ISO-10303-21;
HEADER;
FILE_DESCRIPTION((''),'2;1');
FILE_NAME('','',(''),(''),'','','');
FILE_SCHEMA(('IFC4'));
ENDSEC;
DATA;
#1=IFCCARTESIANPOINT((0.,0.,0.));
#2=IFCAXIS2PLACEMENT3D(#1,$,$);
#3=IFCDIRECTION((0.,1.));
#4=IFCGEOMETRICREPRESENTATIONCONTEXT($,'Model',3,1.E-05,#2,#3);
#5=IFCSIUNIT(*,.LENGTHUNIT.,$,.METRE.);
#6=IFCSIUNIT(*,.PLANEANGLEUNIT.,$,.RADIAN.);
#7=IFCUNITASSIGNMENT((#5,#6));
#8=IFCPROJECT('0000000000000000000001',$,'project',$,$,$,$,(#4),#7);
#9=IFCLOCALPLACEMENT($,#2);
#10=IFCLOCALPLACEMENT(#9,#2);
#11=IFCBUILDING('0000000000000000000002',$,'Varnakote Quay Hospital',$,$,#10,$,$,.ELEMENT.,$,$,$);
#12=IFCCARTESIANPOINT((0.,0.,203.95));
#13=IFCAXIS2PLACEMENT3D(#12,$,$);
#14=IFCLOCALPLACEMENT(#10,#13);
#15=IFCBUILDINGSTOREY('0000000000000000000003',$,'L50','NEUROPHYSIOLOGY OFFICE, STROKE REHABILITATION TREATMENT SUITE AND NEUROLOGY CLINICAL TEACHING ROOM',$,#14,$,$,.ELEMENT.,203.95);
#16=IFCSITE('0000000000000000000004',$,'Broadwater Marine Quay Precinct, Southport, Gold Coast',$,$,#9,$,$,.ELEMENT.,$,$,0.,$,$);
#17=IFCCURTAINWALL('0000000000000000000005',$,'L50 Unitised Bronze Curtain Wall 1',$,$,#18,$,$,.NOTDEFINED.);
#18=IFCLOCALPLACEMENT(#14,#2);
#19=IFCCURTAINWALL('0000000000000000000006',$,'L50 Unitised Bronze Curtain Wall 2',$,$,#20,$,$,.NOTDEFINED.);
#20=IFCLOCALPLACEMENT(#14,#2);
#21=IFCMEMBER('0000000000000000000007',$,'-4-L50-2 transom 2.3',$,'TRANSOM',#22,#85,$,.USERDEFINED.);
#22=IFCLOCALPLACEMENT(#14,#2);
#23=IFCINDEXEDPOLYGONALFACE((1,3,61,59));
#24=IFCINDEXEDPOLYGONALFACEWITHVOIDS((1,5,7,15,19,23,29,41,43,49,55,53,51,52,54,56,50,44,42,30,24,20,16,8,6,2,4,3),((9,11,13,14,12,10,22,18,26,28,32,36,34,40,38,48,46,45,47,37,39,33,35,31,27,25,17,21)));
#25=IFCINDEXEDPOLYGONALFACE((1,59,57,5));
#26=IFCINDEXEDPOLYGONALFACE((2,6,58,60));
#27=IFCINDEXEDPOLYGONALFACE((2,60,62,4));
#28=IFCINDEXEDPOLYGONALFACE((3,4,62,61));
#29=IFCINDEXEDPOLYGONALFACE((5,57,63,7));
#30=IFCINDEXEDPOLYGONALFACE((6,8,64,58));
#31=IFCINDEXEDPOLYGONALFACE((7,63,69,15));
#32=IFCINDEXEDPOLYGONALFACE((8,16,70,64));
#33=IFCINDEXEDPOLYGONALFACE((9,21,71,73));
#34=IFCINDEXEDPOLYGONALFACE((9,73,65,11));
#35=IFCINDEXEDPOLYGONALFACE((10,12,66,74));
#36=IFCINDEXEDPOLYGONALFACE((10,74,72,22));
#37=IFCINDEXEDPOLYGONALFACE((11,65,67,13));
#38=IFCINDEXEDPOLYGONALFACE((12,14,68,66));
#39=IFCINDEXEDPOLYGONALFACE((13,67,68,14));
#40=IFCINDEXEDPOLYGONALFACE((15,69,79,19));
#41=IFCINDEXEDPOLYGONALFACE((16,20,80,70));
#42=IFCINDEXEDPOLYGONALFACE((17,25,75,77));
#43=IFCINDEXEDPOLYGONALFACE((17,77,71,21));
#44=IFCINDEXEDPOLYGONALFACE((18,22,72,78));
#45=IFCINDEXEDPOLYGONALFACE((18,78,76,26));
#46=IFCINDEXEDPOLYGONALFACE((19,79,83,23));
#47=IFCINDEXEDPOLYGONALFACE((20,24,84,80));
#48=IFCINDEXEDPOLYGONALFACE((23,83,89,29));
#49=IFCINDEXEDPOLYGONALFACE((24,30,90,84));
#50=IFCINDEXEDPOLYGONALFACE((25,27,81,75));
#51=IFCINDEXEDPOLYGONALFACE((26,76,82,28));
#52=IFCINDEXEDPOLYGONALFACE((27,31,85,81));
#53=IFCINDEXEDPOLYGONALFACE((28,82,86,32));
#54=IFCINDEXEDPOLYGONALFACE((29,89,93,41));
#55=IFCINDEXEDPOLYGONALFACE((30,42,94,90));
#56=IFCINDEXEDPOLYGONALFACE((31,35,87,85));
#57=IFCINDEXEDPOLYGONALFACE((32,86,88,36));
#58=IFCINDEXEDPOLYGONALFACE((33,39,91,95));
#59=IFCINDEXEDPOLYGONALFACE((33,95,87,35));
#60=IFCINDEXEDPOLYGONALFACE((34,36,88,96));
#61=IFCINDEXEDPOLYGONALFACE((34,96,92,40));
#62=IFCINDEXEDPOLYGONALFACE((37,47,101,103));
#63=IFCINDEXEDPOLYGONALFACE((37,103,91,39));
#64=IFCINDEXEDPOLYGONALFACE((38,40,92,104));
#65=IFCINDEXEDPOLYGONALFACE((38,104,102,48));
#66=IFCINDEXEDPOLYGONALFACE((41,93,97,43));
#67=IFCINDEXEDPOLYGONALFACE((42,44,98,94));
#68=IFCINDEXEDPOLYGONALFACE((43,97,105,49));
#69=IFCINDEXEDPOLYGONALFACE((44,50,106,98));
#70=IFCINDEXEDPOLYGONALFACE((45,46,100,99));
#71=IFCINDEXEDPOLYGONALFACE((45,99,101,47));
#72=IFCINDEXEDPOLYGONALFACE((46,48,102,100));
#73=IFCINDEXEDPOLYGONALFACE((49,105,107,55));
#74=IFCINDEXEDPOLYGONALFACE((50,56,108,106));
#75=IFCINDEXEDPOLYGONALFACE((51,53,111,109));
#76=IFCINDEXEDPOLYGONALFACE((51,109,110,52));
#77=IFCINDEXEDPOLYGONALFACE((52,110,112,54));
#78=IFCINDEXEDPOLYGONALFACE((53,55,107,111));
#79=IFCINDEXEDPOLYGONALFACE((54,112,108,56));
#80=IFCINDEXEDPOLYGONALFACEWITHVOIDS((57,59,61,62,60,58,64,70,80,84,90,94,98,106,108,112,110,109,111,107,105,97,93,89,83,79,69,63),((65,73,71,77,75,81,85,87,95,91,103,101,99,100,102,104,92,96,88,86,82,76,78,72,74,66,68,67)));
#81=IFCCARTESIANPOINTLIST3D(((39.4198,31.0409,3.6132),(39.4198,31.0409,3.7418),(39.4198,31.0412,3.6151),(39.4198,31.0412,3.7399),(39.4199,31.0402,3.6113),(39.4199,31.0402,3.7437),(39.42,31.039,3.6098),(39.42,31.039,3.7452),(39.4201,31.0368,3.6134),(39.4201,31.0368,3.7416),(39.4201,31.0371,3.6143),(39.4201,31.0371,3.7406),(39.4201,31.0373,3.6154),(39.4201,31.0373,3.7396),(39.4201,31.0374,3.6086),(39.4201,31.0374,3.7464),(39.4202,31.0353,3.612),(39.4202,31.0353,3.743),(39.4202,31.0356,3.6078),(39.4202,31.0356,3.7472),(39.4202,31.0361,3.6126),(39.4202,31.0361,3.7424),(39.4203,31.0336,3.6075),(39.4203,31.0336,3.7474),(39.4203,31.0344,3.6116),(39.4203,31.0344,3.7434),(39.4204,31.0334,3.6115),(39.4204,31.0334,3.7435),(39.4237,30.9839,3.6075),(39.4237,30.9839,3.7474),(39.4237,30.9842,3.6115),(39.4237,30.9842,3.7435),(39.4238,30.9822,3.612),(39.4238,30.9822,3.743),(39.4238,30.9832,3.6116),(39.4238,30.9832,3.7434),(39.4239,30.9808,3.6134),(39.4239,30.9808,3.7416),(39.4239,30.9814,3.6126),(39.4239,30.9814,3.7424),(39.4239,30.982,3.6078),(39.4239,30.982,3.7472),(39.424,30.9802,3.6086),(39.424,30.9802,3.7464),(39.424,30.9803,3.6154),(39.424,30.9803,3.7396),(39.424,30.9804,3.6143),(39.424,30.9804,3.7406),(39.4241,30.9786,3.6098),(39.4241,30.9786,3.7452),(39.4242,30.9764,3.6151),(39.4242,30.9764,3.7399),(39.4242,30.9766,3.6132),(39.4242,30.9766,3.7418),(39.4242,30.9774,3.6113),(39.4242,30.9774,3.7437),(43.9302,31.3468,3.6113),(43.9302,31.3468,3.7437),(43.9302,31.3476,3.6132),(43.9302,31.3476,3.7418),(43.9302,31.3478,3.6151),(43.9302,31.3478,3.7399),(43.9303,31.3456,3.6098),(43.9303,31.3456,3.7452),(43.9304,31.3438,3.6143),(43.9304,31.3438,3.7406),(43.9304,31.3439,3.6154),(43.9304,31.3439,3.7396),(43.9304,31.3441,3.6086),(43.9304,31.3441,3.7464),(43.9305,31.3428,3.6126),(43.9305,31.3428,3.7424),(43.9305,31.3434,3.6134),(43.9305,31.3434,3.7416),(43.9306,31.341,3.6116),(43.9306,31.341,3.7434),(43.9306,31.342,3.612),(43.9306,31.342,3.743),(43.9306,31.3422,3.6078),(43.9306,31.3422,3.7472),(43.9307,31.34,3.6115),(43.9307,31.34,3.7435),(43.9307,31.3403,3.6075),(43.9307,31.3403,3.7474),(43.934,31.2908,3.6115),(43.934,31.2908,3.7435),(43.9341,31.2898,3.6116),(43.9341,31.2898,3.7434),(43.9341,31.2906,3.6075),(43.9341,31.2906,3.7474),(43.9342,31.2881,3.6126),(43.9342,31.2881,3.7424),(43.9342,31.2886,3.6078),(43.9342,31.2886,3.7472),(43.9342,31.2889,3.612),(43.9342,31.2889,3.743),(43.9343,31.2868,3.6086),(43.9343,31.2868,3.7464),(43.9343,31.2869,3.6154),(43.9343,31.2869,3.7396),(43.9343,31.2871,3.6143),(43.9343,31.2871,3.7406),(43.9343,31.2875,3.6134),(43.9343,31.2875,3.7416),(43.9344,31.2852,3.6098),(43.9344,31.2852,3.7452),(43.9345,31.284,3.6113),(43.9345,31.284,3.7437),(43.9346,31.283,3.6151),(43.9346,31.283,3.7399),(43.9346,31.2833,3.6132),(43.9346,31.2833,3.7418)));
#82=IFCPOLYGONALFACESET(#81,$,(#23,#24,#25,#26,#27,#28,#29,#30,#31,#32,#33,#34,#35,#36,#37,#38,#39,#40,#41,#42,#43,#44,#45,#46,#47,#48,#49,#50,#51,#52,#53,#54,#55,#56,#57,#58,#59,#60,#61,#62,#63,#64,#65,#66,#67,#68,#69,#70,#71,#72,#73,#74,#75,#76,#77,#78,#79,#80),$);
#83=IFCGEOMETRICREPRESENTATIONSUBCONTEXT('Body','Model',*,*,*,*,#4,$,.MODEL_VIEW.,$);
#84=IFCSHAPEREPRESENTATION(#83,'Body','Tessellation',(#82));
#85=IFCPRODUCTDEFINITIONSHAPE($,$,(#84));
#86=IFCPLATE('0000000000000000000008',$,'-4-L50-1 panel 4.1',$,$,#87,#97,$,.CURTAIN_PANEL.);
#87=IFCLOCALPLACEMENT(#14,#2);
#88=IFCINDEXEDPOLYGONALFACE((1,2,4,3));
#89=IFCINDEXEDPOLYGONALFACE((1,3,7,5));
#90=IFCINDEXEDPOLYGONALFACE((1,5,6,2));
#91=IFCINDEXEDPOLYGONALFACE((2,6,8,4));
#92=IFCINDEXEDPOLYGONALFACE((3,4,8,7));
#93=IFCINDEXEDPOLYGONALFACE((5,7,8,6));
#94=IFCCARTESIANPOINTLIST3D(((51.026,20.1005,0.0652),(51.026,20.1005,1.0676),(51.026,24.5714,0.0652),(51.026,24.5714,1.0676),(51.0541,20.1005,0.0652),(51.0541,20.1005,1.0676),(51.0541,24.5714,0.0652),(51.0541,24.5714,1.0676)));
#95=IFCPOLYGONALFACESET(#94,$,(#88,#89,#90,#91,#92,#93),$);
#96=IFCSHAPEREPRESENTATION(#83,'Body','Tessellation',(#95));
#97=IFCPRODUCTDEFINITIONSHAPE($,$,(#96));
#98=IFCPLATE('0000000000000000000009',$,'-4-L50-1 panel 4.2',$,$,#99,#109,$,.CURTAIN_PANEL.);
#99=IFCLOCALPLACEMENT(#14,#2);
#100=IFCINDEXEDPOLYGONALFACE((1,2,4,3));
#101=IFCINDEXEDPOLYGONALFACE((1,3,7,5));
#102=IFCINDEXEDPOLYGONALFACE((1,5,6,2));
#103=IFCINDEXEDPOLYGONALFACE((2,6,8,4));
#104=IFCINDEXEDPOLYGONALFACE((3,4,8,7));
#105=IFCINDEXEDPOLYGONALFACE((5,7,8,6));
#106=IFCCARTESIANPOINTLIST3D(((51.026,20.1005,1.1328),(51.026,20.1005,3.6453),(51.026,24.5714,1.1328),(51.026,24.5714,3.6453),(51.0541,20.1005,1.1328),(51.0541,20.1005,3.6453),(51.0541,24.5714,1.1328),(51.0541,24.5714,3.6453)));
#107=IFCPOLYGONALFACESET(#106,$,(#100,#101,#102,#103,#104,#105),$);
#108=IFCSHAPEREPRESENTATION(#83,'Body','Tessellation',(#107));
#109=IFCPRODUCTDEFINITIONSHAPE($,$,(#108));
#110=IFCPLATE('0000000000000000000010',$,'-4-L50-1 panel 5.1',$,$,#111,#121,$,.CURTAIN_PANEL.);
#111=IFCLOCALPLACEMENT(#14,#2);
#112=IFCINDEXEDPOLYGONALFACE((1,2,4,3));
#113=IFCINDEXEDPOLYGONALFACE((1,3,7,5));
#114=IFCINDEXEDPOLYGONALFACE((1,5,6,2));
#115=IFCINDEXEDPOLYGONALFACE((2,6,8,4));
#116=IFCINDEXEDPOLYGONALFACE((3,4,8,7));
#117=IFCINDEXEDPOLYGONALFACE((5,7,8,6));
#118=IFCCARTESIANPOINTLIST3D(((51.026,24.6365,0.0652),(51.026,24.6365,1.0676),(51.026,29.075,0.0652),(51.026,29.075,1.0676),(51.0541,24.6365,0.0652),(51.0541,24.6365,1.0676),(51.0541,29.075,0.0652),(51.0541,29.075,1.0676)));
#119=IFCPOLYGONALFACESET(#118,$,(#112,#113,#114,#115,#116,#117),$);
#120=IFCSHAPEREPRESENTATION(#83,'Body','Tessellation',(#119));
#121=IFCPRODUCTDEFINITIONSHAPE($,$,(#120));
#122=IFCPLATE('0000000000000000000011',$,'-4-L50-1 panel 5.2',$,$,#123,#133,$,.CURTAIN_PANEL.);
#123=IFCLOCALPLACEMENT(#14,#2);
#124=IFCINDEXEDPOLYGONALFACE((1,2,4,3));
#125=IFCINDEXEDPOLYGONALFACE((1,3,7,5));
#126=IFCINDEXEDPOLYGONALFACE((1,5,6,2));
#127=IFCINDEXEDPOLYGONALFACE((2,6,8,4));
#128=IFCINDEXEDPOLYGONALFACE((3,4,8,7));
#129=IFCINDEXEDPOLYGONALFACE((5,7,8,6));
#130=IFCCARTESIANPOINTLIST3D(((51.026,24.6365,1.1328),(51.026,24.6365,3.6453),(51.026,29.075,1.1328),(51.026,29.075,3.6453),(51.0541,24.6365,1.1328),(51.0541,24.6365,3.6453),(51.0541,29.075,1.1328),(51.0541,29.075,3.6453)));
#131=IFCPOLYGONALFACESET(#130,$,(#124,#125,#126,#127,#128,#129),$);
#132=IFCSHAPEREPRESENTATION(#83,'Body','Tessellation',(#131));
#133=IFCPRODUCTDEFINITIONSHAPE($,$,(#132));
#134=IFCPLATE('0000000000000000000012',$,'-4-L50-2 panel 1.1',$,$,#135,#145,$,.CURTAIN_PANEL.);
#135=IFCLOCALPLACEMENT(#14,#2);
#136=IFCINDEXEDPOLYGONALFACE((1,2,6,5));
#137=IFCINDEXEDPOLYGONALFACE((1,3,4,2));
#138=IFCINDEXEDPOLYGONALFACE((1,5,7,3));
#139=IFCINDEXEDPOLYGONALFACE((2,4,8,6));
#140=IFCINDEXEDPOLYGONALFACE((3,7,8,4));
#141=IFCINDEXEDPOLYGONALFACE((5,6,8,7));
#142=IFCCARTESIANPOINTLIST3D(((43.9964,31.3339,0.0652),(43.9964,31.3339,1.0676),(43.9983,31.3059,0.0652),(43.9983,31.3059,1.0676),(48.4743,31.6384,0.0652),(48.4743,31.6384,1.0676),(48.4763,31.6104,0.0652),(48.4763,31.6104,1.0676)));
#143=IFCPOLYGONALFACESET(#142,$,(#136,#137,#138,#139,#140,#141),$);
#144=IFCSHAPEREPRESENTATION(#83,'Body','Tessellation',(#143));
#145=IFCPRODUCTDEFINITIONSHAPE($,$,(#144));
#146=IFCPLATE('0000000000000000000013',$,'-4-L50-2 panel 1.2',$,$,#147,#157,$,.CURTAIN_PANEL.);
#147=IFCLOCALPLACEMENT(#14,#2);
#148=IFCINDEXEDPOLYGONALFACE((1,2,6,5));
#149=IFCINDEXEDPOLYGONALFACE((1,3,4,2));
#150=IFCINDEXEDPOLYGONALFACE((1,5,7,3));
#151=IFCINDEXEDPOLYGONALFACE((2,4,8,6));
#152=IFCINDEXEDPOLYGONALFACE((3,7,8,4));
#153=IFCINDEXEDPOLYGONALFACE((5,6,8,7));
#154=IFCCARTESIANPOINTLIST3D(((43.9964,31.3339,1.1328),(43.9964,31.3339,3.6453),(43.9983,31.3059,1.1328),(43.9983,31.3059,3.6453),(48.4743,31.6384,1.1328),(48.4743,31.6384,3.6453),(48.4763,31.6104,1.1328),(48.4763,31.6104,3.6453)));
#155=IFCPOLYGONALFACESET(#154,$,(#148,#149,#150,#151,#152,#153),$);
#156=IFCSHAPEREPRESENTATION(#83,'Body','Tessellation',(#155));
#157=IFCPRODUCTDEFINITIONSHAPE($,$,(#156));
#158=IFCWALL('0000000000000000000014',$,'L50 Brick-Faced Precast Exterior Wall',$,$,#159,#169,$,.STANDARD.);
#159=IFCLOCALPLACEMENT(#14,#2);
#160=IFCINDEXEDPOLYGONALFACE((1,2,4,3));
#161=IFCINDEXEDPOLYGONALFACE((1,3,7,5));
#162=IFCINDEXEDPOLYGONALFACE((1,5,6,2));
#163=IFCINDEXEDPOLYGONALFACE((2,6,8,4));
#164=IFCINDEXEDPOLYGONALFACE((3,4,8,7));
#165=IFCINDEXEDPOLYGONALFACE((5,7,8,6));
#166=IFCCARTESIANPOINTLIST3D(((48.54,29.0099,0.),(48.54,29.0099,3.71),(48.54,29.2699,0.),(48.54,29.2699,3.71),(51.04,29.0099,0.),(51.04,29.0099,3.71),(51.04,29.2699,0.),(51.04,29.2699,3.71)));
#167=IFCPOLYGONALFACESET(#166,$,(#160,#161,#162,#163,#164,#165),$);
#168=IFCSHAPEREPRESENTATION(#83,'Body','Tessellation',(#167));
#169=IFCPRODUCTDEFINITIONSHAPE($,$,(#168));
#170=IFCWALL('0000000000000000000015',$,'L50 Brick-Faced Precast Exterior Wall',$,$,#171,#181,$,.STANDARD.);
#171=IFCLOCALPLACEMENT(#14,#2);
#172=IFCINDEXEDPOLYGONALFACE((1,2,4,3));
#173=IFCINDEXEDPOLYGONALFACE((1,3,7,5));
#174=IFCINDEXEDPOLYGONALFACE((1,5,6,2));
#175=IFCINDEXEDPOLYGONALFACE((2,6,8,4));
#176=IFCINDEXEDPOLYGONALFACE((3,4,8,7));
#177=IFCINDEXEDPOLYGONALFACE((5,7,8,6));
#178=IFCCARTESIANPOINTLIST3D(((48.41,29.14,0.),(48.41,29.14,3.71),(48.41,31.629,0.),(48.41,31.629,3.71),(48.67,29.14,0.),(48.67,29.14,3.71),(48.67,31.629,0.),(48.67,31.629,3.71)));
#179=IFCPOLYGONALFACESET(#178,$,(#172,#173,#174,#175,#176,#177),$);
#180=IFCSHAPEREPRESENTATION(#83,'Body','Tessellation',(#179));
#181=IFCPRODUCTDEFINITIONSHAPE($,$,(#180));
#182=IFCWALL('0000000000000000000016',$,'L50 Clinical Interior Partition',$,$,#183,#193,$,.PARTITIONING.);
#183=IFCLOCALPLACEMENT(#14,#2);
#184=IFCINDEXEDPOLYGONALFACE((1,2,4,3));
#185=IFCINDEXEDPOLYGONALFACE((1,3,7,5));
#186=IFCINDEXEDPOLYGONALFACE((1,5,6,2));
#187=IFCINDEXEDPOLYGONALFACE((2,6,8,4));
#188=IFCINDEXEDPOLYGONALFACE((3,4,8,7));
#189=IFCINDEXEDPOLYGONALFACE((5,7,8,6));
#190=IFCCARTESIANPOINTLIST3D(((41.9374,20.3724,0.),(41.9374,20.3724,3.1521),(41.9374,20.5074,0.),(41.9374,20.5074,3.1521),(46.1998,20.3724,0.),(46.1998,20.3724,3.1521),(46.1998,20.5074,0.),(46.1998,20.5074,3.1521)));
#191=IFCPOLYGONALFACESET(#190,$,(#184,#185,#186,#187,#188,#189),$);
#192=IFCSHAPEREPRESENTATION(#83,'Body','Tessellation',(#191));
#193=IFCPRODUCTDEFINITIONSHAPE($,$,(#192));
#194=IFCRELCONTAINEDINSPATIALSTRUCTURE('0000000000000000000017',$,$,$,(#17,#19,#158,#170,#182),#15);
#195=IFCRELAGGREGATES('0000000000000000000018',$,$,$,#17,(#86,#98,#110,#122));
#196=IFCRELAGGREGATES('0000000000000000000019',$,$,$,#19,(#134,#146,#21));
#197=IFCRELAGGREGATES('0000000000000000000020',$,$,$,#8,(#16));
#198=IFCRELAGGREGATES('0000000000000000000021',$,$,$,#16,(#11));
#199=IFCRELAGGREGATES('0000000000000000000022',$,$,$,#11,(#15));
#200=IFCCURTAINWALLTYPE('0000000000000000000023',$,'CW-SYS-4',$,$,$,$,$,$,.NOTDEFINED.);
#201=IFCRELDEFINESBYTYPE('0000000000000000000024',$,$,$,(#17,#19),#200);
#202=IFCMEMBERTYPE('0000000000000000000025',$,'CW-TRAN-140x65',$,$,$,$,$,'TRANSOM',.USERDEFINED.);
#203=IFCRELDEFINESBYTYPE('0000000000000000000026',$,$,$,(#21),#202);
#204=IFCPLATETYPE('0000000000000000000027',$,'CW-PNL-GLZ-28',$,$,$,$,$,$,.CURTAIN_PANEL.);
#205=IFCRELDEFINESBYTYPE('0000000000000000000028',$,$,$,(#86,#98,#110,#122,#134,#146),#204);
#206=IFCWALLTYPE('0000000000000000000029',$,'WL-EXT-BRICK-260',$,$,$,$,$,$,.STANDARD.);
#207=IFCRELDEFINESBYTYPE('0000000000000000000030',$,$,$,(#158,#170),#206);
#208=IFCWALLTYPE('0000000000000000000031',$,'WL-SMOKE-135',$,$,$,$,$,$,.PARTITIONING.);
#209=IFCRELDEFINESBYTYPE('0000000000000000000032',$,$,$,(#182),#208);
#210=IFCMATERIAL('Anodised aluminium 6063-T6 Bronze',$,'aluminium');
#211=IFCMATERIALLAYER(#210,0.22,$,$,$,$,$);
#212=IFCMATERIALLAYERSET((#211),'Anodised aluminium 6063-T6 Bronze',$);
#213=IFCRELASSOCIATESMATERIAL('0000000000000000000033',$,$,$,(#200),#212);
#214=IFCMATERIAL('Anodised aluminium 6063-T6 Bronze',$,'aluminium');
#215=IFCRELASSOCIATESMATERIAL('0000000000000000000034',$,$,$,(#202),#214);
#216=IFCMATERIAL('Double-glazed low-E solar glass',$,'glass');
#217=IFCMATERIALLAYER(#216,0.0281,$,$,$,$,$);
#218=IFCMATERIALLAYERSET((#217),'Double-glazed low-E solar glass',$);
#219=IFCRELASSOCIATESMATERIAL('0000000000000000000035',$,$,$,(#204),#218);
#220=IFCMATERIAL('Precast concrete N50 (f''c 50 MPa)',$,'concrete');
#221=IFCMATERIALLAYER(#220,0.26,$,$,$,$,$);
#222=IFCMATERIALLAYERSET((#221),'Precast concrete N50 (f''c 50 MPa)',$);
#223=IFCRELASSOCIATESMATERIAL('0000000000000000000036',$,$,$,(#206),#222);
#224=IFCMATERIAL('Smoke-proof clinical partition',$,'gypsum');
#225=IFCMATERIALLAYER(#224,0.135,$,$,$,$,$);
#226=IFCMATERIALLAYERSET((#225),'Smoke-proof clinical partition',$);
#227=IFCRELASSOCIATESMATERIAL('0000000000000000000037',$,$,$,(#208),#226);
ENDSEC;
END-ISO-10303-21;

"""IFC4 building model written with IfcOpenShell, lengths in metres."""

from ifc_helpers import new_model, si_unit, direction, frame, frame_2d, origin, origin_2d, place, context, subcontext, project, spatial, rectangle, hollow_rectangle, extrude, material, layer, layer_set, material_profile, profile_set, type_object, element, aggregate, save


model = new_model("IFC4")

# Units and contexts
model_context = context("Model", 3, precision=1e-05, world=origin(), true_north=direction((0.0, 1.0)))
body_context = subcontext(model_context, "Body", "Model", "MODEL_VIEW")
ifc_project = project(units=[si_unit("LENGTHUNIT", "METRE"), si_unit("PLANEANGLEUNIT", "RADIAN")], contexts=[model_context])

# Site, building, storey
site_placement = place(None, origin())
site = spatial("IfcSite", under=ifc_project, at=site_placement, Name="Broadwater Marine Quay Precinct, Southport, Gold Coast", CompositionType="ELEMENT", RefElevation=0.0)
building_placement = place(site_placement, origin())
building = spatial("IfcBuilding", under=site, at=building_placement, Name="Varnakote Quay Hospital", CompositionType="ELEMENT")
storey_placement = place(building_placement, frame((0.0, 0.0, 203.95)))
storey = spatial("IfcBuildingStorey", under=building, at=storey_placement, Name="L50", Description="NEUROPHYSIOLOGY OFFICE, STROKE REHABILITATION TREATMENT SUITE AND NEUROLOGY CLINICAL TEACHING ROOM", CompositionType="ELEMENT", Elevation=203.95)

# Curtain walls
ifc_material_1 = material(Name="Anodised aluminium 6063-T6 Bronze", Category="aluminium")
ifc_layer_1 = layer(ifc_material_1, 0.22)
ifc_layer_set_1 = layer_set([ifc_layer_1], Name="Anodised aluminium 6063-T6 Bronze")
curtain_wall_type = type_object("IfcCurtainWallType", Name="CW-SYS-4", PredefinedType="NOTDEFINED", material=ifc_layer_set_1)
curtain_wall_1_placement = place(storey_placement, origin())
curtain_wall_1 = element("IfcCurtainWall", 1, at=curtain_wall_1_placement, inside=storey, type_object=curtain_wall_type, Name="L50 Unitised Bronze Curtain Wall 1", PredefinedType="NOTDEFINED")
curtain_wall_2_placement = place(storey_placement, origin())
curtain_wall_2 = element("IfcCurtainWall", 2, at=curtain_wall_2_placement, inside=storey, type_object=curtain_wall_type, Name="L50 Unitised Bronze Curtain Wall 2", PredefinedType="NOTDEFINED")

# Member
ifc_material_2 = material(Name="Anodised aluminium 6063-T6 Bronze", Category="aluminium")
ifc_material_profile_1 = material_profile(ifc_material_2, hollow_rectangle(XDim=0.0649, YDim=0.1399, WallThickness=0.0039, InnerFilletRadius=0.0039, OuterFilletRadius=0.0076, at=origin_2d()), Name="CW-TRAN-140x65")
ifc_profile_set_1 = profile_set([ifc_material_profile_1], Name="Anodised aluminium 6063-T6 Bronze")
member_type_1 = type_object("IfcMemberType", Name="CW-TRAN-140x65", ElementType="TRANSOM", PredefinedType="USERDEFINED", material=ifc_profile_set_1)
member_1_placement = place(storey_placement, frame((43.9324, 31.3154, 3.6775), z_axis=(-0.997697, -0.067831, 0.0), x_axis=(0.067831, -0.997697, 0.0)))
member_1 = element("IfcMember", 3, at=member_1_placement, type_object=member_type_1, Name="-4-L50-2 transom 2.3", ObjectType="TRANSOM", PredefinedType="USERDEFINED", context=body_context, shape_type="SweptSolid", body=[
    extrude(hollow_rectangle(XDim=0.0649, YDim=0.1399, WallThickness=0.0039, InnerFilletRadius=0.0039, OuterFilletRadius=0.0076, at=origin_2d()), origin(), (0.0, 0.0, 1.0), 4.5208),
])

# Plates
ifc_material_3 = material(Name="Double-glazed low-E solar glass", Category="glass")
ifc_layer_2 = layer(ifc_material_3, 0.0281)
ifc_layer_set_2 = layer_set([ifc_layer_2], Name="Double-glazed low-E solar glass")
plate_type = type_object("IfcPlateType", Name="CW-PNL-GLZ-28", PredefinedType="CURTAIN_PANEL", material=ifc_layer_set_2)
plate_1_placement = place(storey_placement, frame((51.04, 22.3359, 0.0652), z_axis=(0.0, 0.0, 1.0), x_axis=(0.0, 1.0, 0.0)))
plate_1 = element("IfcPlate", 4, at=plate_1_placement, type_object=plate_type, Name="-4-L50-1 panel 4.1", PredefinedType="CURTAIN_PANEL", context=body_context, shape_type="SweptSolid", body=[
    extrude(rectangle(XDim=4.4709, YDim=0.0281, at=origin_2d()), origin(), (0.0, 0.0, 1.0), 1.0024),
])
plate_2_placement = place(storey_placement, frame((51.04, 22.3359, 1.1328), z_axis=(0.0, 0.0, 1.0), x_axis=(0.0, 1.0, 0.0)))
plate_2 = element("IfcPlate", 5, at=plate_2_placement, type_object=plate_type, Name="-4-L50-1 panel 4.2", PredefinedType="CURTAIN_PANEL", context=body_context, shape_type="SweptSolid", body=[
    extrude(rectangle(XDim=4.4709, YDim=0.0281, at=origin_2d()), origin(), (0.0, 0.0, 1.0), 2.5125),
])
plate_3_placement = place(storey_placement, frame((51.04, 26.8557, 0.0652), z_axis=(0.0, 0.0, 1.0), x_axis=(0.0, 1.0, 0.0)))
plate_3 = element("IfcPlate", 6, at=plate_3_placement, type_object=plate_type, Name="-4-L50-1 panel 5.1", PredefinedType="CURTAIN_PANEL", context=body_context, shape_type="SweptSolid", body=[
    extrude(rectangle(XDim=4.4385, YDim=0.0281, at=origin_2d()), origin(), (0.0, 0.0, 1.0), 1.0024),
])
plate_4_placement = place(storey_placement, frame((51.04, 26.8557, 1.1328), z_axis=(0.0, 0.0, 1.0), x_axis=(0.0, 1.0, 0.0)))
plate_4 = element("IfcPlate", 7, at=plate_4_placement, type_object=plate_type, Name="-4-L50-1 panel 5.2", PredefinedType="CURTAIN_PANEL", context=body_context, shape_type="SweptSolid", body=[
    extrude(rectangle(XDim=4.4385, YDim=0.0281, at=origin_2d()), origin(), (0.0, 0.0, 1.0), 2.5125),
])
aggregate(curtain_wall_1, [plate_1, plate_2, plate_3, plate_4])
plate_5_placement = place(storey_placement, frame((46.2363, 31.4722, 0.0652), z_axis=(0.0, 0.0, 1.0), x_axis=(-0.997696, -0.067842, 0.0)))
plate_5 = element("IfcPlate", 8, at=plate_5_placement, type_object=plate_type, Name="-4-L50-2 panel 1.1", PredefinedType="CURTAIN_PANEL", context=body_context, shape_type="SweptSolid", body=[
    extrude(rectangle(XDim=4.4883, YDim=0.0281, at=origin_2d()), origin(), (0.0, 0.0, 1.0), 1.0024),
])
plate_6_placement = place(storey_placement, frame((46.2363, 31.4722, 1.1328), z_axis=(0.0, 0.0, 1.0), x_axis=(-0.997696, -0.067842, 0.0)))
plate_6 = element("IfcPlate", 9, at=plate_6_placement, type_object=plate_type, Name="-4-L50-2 panel 1.2", PredefinedType="CURTAIN_PANEL", context=body_context, shape_type="SweptSolid", body=[
    extrude(rectangle(XDim=4.4883, YDim=0.0281, at=origin_2d()), origin(), (0.0, 0.0, 1.0), 2.5125),
])
aggregate(curtain_wall_2, [plate_5, plate_6, member_1])

# Walls
ifc_material_4 = material(Name="Precast concrete N50 (f'c 50 MPa)", Category="concrete")
ifc_layer_3 = layer(ifc_material_4, 0.26)
ifc_layer_set_3 = layer_set([ifc_layer_3], Name="Precast concrete N50 (f'c 50 MPa)")
wall_type_1 = type_object("IfcWallType", Name="WL-EXT-BRICK-260", PredefinedType="STANDARD", material=ifc_layer_set_3)
wall_1_placement = place(storey_placement, frame((51.04, 29.1399, 0.0), z_axis=(0.0, 0.0, 1.0), x_axis=(-1.0, 0.0, 0.0)))
element("IfcWall", 10, at=wall_1_placement, inside=storey, type_object=wall_type_1, Name="L50 Brick-Faced Precast Exterior Wall", PredefinedType="STANDARD", context=body_context, shape_type="SweptSolid", body=[
    extrude(rectangle(XDim=2.5, YDim=0.26, at=frame_2d((1.25, 0.0))), origin(), (0.0, 0.0, 1.0), 3.71),
])
wall_2_placement = place(storey_placement, frame((48.54, 29.1399, 0.0), z_axis=(0.0, 0.0, 1.0), x_axis=(0.0, 1.0, 0.0)))
element("IfcWall", 11, at=wall_2_placement, inside=storey, type_object=wall_type_1, Name="L50 Brick-Faced Precast Exterior Wall", PredefinedType="STANDARD", context=body_context, shape_type="SweptSolid", body=[
    extrude(rectangle(XDim=2.489, YDim=0.26, at=frame_2d((1.2446, 0.0))), origin(), (0.0, 0.0, 1.0), 3.71),
])
ifc_material_5 = material(Name="Smoke-proof clinical partition", Category="gypsum")
ifc_layer_4 = layer(ifc_material_5, 0.135)
ifc_layer_set_4 = layer_set([ifc_layer_4], Name="Smoke-proof clinical partition")
wall_type_2 = type_object("IfcWallType", Name="WL-SMOKE-135", PredefinedType="PARTITIONING", material=ifc_layer_set_4)
wall_3_placement = place(storey_placement, frame((46.2, 20.4399, 0.0), z_axis=(0.0, 0.0, 1.0), x_axis=(-1.0, 0.0, 0.0)))
element("IfcWall", 12, at=wall_3_placement, inside=storey, type_object=wall_type_2, Name="L50 Clinical Interior Partition", PredefinedType="PARTITIONING", context=body_context, shape_type="SweptSolid", body=[
    extrude(rectangle(XDim=4.2625, YDim=0.135, at=frame_2d((2.1313, 0.0))), origin(), (0.0, 0.0, 1.0), 3.1521),
])

save(model, "model.ifc")
